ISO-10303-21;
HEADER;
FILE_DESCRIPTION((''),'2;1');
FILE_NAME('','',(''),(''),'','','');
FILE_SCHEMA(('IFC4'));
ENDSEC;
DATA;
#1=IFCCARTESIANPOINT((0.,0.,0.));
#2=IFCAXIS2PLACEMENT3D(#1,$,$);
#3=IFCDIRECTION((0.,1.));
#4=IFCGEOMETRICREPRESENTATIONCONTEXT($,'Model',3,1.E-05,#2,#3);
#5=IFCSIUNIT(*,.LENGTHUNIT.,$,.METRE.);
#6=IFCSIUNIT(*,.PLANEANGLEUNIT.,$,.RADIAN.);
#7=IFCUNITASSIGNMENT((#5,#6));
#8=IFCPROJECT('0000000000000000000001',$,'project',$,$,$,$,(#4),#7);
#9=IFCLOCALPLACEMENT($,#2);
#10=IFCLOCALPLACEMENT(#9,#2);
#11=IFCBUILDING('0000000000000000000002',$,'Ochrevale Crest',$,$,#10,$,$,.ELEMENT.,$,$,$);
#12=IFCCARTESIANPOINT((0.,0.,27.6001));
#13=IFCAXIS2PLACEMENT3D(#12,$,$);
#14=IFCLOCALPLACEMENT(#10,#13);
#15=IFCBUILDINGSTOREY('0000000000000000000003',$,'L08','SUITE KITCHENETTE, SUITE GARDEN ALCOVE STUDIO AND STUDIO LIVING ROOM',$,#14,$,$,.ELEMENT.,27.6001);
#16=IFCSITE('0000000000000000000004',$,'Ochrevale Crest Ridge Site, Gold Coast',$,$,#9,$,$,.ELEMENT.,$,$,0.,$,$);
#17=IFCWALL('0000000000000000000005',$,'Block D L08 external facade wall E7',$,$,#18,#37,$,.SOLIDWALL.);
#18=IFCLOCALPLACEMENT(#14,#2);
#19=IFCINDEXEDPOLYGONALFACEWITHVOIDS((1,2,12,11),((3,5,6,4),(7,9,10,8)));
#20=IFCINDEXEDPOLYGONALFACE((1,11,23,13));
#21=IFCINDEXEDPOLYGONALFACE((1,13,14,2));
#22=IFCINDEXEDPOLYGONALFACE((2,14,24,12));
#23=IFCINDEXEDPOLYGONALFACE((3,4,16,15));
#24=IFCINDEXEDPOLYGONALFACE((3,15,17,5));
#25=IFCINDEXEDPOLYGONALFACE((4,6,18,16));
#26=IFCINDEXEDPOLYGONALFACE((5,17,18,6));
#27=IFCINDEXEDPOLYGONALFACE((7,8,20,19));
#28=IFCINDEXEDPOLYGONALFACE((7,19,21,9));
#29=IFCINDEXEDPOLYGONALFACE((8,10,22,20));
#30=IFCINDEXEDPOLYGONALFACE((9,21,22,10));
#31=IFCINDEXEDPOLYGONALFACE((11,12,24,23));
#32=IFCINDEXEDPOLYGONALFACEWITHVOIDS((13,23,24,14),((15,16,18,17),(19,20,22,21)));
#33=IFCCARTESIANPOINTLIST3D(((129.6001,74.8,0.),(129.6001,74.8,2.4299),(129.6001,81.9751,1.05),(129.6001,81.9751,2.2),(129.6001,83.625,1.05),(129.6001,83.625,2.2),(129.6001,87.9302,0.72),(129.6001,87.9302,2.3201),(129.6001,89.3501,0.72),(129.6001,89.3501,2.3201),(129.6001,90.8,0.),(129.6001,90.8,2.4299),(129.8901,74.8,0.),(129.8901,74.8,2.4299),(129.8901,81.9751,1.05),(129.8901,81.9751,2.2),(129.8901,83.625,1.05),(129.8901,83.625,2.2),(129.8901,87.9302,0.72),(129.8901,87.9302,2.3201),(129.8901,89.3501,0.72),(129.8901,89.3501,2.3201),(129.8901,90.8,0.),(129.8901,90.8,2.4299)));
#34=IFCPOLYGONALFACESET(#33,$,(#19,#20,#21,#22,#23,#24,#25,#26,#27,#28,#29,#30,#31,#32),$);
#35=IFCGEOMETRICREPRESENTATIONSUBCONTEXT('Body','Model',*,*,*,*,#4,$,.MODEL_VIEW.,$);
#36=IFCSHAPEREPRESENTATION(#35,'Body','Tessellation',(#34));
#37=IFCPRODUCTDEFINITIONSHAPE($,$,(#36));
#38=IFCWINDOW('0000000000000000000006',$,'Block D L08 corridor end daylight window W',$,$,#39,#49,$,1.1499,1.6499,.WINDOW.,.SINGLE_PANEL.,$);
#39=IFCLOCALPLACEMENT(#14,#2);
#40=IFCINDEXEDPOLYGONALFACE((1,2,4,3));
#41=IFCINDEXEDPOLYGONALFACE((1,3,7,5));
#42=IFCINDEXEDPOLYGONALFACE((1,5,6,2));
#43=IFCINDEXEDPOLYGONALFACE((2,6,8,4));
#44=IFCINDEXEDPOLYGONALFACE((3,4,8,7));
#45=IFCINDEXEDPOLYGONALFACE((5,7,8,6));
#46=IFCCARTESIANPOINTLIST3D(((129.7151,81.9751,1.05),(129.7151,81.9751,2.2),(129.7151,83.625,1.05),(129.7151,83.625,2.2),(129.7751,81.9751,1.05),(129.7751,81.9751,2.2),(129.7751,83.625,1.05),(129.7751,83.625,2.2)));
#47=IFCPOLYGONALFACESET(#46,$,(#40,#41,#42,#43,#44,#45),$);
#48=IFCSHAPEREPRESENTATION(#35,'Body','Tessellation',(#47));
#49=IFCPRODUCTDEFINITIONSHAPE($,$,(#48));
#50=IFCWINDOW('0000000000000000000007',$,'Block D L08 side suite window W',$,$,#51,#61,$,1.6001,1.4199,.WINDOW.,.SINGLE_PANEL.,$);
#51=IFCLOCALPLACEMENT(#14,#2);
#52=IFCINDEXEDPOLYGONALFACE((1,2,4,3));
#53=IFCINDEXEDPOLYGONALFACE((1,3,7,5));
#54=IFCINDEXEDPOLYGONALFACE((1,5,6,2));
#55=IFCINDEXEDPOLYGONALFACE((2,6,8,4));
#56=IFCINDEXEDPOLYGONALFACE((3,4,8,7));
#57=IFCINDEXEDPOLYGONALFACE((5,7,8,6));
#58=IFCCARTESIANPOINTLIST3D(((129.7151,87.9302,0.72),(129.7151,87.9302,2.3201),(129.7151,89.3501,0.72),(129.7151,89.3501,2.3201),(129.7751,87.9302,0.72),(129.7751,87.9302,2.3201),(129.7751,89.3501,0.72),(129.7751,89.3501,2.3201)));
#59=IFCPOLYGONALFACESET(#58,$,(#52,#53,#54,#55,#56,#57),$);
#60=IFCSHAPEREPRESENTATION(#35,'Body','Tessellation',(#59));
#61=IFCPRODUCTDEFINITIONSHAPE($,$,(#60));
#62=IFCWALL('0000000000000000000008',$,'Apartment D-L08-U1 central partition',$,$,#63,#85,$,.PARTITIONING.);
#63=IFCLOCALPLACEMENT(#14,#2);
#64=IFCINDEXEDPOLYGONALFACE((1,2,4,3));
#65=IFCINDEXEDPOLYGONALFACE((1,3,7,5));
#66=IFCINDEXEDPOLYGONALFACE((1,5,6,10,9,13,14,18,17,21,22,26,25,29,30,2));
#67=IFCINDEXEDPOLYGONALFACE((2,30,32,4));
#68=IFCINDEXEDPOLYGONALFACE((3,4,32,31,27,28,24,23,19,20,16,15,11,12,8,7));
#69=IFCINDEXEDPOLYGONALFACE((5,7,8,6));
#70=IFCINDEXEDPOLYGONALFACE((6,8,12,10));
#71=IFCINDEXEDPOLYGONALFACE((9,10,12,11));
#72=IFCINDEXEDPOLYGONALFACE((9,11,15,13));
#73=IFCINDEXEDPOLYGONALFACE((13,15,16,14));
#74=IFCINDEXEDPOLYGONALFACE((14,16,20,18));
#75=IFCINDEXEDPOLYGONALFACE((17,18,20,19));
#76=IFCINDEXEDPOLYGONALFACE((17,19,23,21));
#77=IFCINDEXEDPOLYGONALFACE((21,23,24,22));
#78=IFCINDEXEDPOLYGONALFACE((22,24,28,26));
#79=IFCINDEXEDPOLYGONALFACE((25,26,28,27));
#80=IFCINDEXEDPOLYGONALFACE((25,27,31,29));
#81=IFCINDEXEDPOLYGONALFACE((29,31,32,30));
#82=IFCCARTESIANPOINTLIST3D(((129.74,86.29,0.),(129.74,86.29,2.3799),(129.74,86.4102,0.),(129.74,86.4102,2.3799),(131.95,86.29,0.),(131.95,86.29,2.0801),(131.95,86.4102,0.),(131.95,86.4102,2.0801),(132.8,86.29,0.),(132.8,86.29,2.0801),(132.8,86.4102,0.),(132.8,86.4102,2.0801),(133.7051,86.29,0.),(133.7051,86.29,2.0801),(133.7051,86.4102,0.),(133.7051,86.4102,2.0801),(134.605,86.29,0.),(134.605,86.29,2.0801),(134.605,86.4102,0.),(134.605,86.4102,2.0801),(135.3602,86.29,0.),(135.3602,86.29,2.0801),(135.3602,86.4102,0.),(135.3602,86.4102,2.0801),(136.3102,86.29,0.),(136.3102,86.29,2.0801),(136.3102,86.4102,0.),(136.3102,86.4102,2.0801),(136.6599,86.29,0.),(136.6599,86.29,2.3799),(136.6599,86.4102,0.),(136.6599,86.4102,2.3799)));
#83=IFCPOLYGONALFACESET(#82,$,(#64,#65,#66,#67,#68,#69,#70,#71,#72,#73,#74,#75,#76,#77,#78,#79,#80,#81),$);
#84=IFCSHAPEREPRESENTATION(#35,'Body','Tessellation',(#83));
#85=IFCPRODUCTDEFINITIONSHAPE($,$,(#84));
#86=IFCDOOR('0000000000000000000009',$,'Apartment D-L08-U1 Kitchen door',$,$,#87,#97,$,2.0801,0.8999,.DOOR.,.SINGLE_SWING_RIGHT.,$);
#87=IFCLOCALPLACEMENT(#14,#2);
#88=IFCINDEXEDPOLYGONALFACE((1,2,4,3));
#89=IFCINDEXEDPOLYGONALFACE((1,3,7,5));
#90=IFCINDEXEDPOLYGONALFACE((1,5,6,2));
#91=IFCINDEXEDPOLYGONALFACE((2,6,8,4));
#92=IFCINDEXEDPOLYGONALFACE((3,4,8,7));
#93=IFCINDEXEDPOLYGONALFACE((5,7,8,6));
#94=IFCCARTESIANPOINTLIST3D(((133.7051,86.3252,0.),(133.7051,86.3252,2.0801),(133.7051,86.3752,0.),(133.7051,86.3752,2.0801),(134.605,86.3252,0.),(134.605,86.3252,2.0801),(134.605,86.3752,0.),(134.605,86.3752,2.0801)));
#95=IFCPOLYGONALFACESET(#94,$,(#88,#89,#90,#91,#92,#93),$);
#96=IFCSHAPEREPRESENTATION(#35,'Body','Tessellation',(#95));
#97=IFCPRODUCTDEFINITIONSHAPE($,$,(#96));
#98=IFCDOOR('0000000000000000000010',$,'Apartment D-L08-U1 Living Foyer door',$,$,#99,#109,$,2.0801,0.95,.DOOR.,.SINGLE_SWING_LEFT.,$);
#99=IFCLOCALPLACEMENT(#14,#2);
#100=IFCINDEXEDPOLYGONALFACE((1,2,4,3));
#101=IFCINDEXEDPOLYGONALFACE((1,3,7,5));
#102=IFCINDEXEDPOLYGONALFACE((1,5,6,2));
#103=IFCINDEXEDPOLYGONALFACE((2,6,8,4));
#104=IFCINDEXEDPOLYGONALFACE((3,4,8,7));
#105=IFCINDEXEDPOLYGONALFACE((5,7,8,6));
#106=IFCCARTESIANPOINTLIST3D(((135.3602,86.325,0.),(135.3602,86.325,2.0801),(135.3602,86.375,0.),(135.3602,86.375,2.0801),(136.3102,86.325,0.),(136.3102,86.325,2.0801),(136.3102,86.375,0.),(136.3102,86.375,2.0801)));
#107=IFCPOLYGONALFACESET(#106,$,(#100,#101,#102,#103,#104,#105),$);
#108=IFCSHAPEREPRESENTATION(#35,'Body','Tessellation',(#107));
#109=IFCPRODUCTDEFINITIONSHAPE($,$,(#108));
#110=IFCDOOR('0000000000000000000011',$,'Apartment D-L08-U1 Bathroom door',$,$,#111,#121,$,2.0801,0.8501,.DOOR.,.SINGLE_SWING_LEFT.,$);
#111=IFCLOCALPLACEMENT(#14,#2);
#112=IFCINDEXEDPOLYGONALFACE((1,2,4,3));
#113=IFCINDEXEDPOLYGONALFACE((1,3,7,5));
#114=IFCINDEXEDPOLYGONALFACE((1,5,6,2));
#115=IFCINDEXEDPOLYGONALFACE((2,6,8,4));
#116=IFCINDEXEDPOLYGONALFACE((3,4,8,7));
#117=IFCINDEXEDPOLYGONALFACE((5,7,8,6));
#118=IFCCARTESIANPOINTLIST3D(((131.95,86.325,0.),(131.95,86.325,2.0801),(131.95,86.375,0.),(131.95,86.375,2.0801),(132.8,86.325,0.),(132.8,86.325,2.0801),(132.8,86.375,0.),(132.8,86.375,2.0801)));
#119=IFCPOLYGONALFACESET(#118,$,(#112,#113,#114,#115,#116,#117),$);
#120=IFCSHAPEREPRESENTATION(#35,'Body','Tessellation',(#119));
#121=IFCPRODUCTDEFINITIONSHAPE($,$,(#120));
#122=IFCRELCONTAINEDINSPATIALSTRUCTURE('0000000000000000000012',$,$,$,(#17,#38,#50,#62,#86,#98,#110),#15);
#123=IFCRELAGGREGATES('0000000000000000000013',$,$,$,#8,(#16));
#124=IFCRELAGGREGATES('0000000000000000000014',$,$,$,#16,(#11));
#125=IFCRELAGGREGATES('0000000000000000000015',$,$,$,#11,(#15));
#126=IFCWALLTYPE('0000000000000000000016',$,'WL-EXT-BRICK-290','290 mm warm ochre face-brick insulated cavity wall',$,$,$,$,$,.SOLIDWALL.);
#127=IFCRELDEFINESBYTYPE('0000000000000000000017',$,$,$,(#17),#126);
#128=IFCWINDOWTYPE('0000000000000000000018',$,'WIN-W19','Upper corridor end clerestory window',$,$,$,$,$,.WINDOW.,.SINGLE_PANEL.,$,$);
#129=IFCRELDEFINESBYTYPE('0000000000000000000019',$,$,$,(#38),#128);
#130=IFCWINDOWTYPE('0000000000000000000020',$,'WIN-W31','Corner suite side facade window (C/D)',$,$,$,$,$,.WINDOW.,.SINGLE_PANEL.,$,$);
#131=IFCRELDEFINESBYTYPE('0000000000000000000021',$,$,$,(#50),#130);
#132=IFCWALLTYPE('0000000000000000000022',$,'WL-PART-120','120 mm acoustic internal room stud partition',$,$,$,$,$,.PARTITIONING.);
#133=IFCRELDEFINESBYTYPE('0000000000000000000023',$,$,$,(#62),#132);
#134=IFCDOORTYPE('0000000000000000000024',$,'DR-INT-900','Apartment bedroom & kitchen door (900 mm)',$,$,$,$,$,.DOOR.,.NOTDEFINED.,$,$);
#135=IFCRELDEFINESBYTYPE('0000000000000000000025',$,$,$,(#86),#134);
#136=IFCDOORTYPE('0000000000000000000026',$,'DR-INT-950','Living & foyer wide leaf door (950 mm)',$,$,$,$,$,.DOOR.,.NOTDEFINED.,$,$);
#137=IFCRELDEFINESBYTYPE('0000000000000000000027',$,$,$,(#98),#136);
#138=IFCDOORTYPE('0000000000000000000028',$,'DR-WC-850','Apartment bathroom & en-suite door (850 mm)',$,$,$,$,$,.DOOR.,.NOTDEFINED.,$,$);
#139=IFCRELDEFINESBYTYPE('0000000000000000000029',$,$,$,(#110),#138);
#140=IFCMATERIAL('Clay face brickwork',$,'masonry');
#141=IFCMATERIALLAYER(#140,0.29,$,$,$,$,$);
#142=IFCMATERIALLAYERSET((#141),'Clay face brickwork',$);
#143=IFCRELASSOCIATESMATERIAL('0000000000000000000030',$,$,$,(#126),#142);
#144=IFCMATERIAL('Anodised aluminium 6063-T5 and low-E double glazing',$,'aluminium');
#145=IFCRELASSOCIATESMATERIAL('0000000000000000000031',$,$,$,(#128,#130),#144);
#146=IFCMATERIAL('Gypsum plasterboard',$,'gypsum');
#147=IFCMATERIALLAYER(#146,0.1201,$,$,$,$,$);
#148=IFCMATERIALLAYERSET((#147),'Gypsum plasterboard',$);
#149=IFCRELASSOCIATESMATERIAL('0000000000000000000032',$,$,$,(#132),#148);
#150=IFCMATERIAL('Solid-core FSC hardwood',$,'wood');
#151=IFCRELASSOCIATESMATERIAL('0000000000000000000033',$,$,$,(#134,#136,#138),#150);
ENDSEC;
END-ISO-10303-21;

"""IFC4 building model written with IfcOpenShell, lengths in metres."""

from ifc_helpers import new_model, si_unit, direction, frame, frame_2d, origin, place, context, subcontext, project, spatial, rectangle, extrude, material, layer, layer_set, type_object, element, fill, save


model = new_model("IFC4")

# Units and contexts
model_context = context("Model", 3, precision=1e-05, world=origin(), true_north=direction((0.0, 1.0)))
body_context = subcontext(model_context, "Body", "Model", "MODEL_VIEW")
ifc_project = project(units=[si_unit("LENGTHUNIT", "METRE"), si_unit("PLANEANGLEUNIT", "RADIAN")], contexts=[model_context])

# Site, building, storey
site_placement = place(None, origin())
site = spatial("IfcSite", under=ifc_project, at=site_placement, Name="Ochrevale Crest Ridge Site, Gold Coast", CompositionType="ELEMENT", RefElevation=0.0)
building_placement = place(site_placement, origin())
building = spatial("IfcBuilding", under=site, at=building_placement, Name="Ochrevale Crest", CompositionType="ELEMENT")
storey_placement = place(building_placement, frame((0.0, 0.0, 27.6001)))
storey = spatial("IfcBuildingStorey", under=building, at=storey_placement, Name="L08", Description="SUITE KITCHENETTE, SUITE GARDEN ALCOVE STUDIO AND STUDIO LIVING ROOM", CompositionType="ELEMENT", Elevation=27.6001)

# Shared definitions
ifc_material_1 = material(Name="Gypsum plasterboard", Category="gypsum")
ifc_material_2 = material(Name="Solid-core FSC hardwood", Category="wood")

# Wall, openings, windows
ifc_material_3 = material(Name="Clay face brickwork", Category="masonry")
ifc_layer_1 = layer(ifc_material_3, 0.29)
ifc_layer_set_1 = layer_set([ifc_layer_1], Name="Clay face brickwork")
wall_type_1 = type_object("IfcWallType", Name="WL-EXT-BRICK-290", Description="290 mm warm ochre face-brick insulated cavity wall", PredefinedType="SOLIDWALL", material=ifc_layer_set_1)
wall_1_placement = place(storey_placement, frame((129.7451, 90.8, 0.0), z_axis=(0.0, 0.0, 1.0), x_axis=(0.0, -1.0, 0.0)))
wall_1 = element("IfcWall", 1, at=wall_1_placement, inside=storey, type_object=wall_type_1, Name="Block D L08 external facade wall E7", PredefinedType="SOLIDWALL", context=body_context, shape_type="SweptSolid", body=[
    extrude(rectangle(XDim=16.0, YDim=0.29, at=frame_2d((8.0, 0.0))), origin(), (0.0, 0.0, 1.0), 2.4299),
])
opening_1_placement = place(wall_1_placement, frame((7.175, 0.0, 1.05)))
opening_1 = element("IfcOpeningElement", 2, at=opening_1_placement, cuts=wall_1, PredefinedType="OPENING", context=body_context, shape_type="SweptSolid", body=[
    extrude(rectangle(XDim=1.6499, YDim=1.1499, at=frame_2d((0.825, 0.575))), frame((0.0, 0.155, 0.0), z_axis=(0.0, -1.0, 0.0), x_axis=(1.0, 0.0, 0.0)), (0.0, 0.0, 1.0), 0.3101),
])
opening_2_placement = place(wall_1_placement, frame((1.45, 0.0, 0.72)))
opening_2 = element("IfcOpeningElement", 3, at=opening_2_placement, cuts=wall_1, PredefinedType="OPENING", context=body_context, shape_type="SweptSolid", body=[
    extrude(rectangle(XDim=1.4199, YDim=1.6001, at=frame_2d((0.71, 0.8))), frame((0.0, 0.155, 0.0), z_axis=(0.0, -1.0, 0.0), x_axis=(1.0, 0.0, 0.0)), (0.0, 0.0, 1.0), 0.3101),
])
ifc_material_4 = material(Name="Anodised aluminium 6063-T5 and low-E double glazing", Category="aluminium")
window_type_1 = type_object("IfcWindowType", Name="WIN-W19", Description="Upper corridor end clerestory window", PartitioningType="SINGLE_PANEL", PredefinedType="WINDOW", material=ifc_material_4)
window_1_placement = place(opening_1_placement, origin())
window_1 = element("IfcWindow", 4, at=window_1_placement, inside=storey, type_object=window_type_1, Name="Block D L08 corridor end daylight window W", OverallHeight=1.1499, OverallWidth=1.6499, PartitioningType="SINGLE_PANEL", PredefinedType="WINDOW", context=body_context, shape_type="SweptSolid", body=[
    extrude(rectangle(XDim=1.6499, YDim=1.1499, at=frame_2d((0.825, 0.575))), frame((0.0, 0.03, 0.0), z_axis=(0.0, -1.0, 0.0), x_axis=(1.0, 0.0, 0.0)), (0.0, 0.0, 1.0), 0.0601),
])
fill(opening_1, window_1)
window_type_2 = type_object("IfcWindowType", Name="WIN-W31", Description="Corner suite side facade window (C/D)", PartitioningType="SINGLE_PANEL", PredefinedType="WINDOW", material=ifc_material_4)
window_2_placement = place(opening_2_placement, origin())
window_2 = element("IfcWindow", 5, at=window_2_placement, inside=storey, type_object=window_type_2, Name="Block D L08 side suite window W", OverallHeight=1.6001, OverallWidth=1.4199, PartitioningType="SINGLE_PANEL", PredefinedType="WINDOW", context=body_context, shape_type="SweptSolid", body=[
    extrude(rectangle(XDim=1.4199, YDim=1.6001, at=frame_2d((0.71, 0.8))), frame((0.0, 0.03, 0.0), z_axis=(0.0, -1.0, 0.0), x_axis=(1.0, 0.0, 0.0)), (0.0, 0.0, 1.0), 0.0601),
])
fill(opening_2, window_2)

# Wall, openings, doors
ifc_layer_2 = layer(ifc_material_1, 0.1201)
ifc_layer_set_2 = layer_set([ifc_layer_2], Name="Gypsum plasterboard")
wall_type_2 = type_object("IfcWallType", Name="WL-PART-120", Description="120 mm acoustic internal room stud partition", PredefinedType="PARTITIONING", material=ifc_layer_set_2)
wall_2_placement = place(storey_placement, frame((129.74, 86.3501, 0.0), z_axis=(0.0, 0.0, 1.0), x_axis=(1.0, 0.0, 0.0)))
wall_2 = element("IfcWall", 6, at=wall_2_placement, inside=storey, type_object=wall_type_2, Name="Apartment D-L08-U1 central partition", PredefinedType="PARTITIONING", context=body_context, shape_type="SweptSolid", body=[
    extrude(rectangle(XDim=6.9199, YDim=0.1201, at=frame_2d((3.46, 0.0))), origin(), (0.0, 0.0, 1.0), 2.3799),
])
opening_3_placement = place(wall_2_placement, frame((2.21, 0.0, 0.0)))
opening_3 = element("IfcOpeningElement", 7, at=opening_3_placement, cuts=wall_2, PredefinedType="OPENING", context=body_context, shape_type="SweptSolid", body=[
    extrude(rectangle(XDim=0.8501, YDim=2.0801, at=frame_2d((0.425, 1.04))), frame((0.0, 0.0701, 0.0), z_axis=(0.0, -1.0, 0.0), x_axis=(1.0, 0.0, 0.0)), (0.0, 0.0, 1.0), 0.1401),
])
opening_4_placement = place(wall_2_placement, frame((4.865, 0.0, 0.0), z_axis=(0.0, 0.0, 1.0), x_axis=(-1.0, 0.0, 0.0)))
opening_4 = element("IfcOpeningElement", 8, at=opening_4_placement, cuts=wall_2, PredefinedType="OPENING", context=body_context, shape_type="SweptSolid", body=[
    extrude(rectangle(XDim=0.8999, YDim=2.0801, at=frame_2d((0.45, 1.04))), frame((0.0, 0.0701, 0.0), z_axis=(0.0, -1.0, 0.0), x_axis=(1.0, 0.0, 0.0)), (0.0, 0.0, 1.0), 0.1401),
])
opening_5_placement = place(wall_2_placement, frame((5.6201, 0.0, 0.0)))
opening_5 = element("IfcOpeningElement", 9, at=opening_5_placement, cuts=wall_2, PredefinedType="OPENING", context=body_context, shape_type="SweptSolid", body=[
    extrude(rectangle(XDim=0.95, YDim=2.0801, at=frame_2d((0.4751, 1.04))), frame((0.0, 0.0701, 0.0), z_axis=(0.0, -1.0, 0.0), x_axis=(1.0, 0.0, 0.0)), (0.0, 0.0, 1.0), 0.1401),
])
door_type_1 = type_object("IfcDoorType", Name="DR-INT-900", Description="Apartment bedroom & kitchen door (900 mm)", OperationType="NOTDEFINED", PredefinedType="DOOR", material=ifc_material_2)
door_1_placement = place(opening_4_placement, origin())
door_1 = element("IfcDoor", 10, at=door_1_placement, inside=storey, type_object=door_type_1, Name="Apartment D-L08-U1 Kitchen door", OperationType="SINGLE_SWING_RIGHT", OverallHeight=2.0801, OverallWidth=0.8999, PredefinedType="DOOR", context=body_context, shape_type="SweptSolid", body=[
    extrude(rectangle(XDim=0.8999, YDim=2.0801, at=frame_2d((0.45, 1.04))), frame((0.0, 0.0249, 0.0), z_axis=(0.0, -1.0, 0.0), x_axis=(1.0, 0.0, 0.0)), (0.0, 0.0, 1.0), 0.05),
])
fill(opening_4, door_1)
door_type_2 = type_object("IfcDoorType", Name="DR-INT-950", Description="Living & foyer wide leaf door (950 mm)", OperationType="NOTDEFINED", PredefinedType="DOOR", material=ifc_material_2)
door_2_placement = place(opening_5_placement, origin())
door_2 = element("IfcDoor", 11, at=door_2_placement, inside=storey, type_object=door_type_2, Name="Apartment D-L08-U1 Living Foyer door", OperationType="SINGLE_SWING_LEFT", OverallHeight=2.0801, OverallWidth=0.95, PredefinedType="DOOR", context=body_context, shape_type="SweptSolid", body=[
    extrude(rectangle(XDim=0.95, YDim=2.0801, at=frame_2d((0.4751, 1.04))), frame((0.0, 0.0249, 0.0), z_axis=(0.0, -1.0, 0.0), x_axis=(1.0, 0.0, 0.0)), (0.0, 0.0, 1.0), 0.05),
])
fill(opening_5, door_2)
door_type_3 = type_object("IfcDoorType", Name="DR-WC-850", Description="Apartment bathroom & en-suite door (850 mm)", OperationType="NOTDEFINED", PredefinedType="DOOR", material=ifc_material_2)
door_3_placement = place(opening_3_placement, origin())
door_3 = element("IfcDoor", 12, at=door_3_placement, inside=storey, type_object=door_type_3, Name="Apartment D-L08-U1 Bathroom door", OperationType="SINGLE_SWING_LEFT", OverallHeight=2.0801, OverallWidth=0.8501, PredefinedType="DOOR", context=body_context, shape_type="SweptSolid", body=[
    extrude(rectangle(XDim=0.8501, YDim=2.0801, at=frame_2d((0.425, 1.04))), frame((0.0, 0.0249, 0.0), z_axis=(0.0, -1.0, 0.0), x_axis=(1.0, 0.0, 0.0)), (0.0, 0.0, 1.0), 0.05),
])
fill(opening_3, door_3)

save(model, "model.ifc")
